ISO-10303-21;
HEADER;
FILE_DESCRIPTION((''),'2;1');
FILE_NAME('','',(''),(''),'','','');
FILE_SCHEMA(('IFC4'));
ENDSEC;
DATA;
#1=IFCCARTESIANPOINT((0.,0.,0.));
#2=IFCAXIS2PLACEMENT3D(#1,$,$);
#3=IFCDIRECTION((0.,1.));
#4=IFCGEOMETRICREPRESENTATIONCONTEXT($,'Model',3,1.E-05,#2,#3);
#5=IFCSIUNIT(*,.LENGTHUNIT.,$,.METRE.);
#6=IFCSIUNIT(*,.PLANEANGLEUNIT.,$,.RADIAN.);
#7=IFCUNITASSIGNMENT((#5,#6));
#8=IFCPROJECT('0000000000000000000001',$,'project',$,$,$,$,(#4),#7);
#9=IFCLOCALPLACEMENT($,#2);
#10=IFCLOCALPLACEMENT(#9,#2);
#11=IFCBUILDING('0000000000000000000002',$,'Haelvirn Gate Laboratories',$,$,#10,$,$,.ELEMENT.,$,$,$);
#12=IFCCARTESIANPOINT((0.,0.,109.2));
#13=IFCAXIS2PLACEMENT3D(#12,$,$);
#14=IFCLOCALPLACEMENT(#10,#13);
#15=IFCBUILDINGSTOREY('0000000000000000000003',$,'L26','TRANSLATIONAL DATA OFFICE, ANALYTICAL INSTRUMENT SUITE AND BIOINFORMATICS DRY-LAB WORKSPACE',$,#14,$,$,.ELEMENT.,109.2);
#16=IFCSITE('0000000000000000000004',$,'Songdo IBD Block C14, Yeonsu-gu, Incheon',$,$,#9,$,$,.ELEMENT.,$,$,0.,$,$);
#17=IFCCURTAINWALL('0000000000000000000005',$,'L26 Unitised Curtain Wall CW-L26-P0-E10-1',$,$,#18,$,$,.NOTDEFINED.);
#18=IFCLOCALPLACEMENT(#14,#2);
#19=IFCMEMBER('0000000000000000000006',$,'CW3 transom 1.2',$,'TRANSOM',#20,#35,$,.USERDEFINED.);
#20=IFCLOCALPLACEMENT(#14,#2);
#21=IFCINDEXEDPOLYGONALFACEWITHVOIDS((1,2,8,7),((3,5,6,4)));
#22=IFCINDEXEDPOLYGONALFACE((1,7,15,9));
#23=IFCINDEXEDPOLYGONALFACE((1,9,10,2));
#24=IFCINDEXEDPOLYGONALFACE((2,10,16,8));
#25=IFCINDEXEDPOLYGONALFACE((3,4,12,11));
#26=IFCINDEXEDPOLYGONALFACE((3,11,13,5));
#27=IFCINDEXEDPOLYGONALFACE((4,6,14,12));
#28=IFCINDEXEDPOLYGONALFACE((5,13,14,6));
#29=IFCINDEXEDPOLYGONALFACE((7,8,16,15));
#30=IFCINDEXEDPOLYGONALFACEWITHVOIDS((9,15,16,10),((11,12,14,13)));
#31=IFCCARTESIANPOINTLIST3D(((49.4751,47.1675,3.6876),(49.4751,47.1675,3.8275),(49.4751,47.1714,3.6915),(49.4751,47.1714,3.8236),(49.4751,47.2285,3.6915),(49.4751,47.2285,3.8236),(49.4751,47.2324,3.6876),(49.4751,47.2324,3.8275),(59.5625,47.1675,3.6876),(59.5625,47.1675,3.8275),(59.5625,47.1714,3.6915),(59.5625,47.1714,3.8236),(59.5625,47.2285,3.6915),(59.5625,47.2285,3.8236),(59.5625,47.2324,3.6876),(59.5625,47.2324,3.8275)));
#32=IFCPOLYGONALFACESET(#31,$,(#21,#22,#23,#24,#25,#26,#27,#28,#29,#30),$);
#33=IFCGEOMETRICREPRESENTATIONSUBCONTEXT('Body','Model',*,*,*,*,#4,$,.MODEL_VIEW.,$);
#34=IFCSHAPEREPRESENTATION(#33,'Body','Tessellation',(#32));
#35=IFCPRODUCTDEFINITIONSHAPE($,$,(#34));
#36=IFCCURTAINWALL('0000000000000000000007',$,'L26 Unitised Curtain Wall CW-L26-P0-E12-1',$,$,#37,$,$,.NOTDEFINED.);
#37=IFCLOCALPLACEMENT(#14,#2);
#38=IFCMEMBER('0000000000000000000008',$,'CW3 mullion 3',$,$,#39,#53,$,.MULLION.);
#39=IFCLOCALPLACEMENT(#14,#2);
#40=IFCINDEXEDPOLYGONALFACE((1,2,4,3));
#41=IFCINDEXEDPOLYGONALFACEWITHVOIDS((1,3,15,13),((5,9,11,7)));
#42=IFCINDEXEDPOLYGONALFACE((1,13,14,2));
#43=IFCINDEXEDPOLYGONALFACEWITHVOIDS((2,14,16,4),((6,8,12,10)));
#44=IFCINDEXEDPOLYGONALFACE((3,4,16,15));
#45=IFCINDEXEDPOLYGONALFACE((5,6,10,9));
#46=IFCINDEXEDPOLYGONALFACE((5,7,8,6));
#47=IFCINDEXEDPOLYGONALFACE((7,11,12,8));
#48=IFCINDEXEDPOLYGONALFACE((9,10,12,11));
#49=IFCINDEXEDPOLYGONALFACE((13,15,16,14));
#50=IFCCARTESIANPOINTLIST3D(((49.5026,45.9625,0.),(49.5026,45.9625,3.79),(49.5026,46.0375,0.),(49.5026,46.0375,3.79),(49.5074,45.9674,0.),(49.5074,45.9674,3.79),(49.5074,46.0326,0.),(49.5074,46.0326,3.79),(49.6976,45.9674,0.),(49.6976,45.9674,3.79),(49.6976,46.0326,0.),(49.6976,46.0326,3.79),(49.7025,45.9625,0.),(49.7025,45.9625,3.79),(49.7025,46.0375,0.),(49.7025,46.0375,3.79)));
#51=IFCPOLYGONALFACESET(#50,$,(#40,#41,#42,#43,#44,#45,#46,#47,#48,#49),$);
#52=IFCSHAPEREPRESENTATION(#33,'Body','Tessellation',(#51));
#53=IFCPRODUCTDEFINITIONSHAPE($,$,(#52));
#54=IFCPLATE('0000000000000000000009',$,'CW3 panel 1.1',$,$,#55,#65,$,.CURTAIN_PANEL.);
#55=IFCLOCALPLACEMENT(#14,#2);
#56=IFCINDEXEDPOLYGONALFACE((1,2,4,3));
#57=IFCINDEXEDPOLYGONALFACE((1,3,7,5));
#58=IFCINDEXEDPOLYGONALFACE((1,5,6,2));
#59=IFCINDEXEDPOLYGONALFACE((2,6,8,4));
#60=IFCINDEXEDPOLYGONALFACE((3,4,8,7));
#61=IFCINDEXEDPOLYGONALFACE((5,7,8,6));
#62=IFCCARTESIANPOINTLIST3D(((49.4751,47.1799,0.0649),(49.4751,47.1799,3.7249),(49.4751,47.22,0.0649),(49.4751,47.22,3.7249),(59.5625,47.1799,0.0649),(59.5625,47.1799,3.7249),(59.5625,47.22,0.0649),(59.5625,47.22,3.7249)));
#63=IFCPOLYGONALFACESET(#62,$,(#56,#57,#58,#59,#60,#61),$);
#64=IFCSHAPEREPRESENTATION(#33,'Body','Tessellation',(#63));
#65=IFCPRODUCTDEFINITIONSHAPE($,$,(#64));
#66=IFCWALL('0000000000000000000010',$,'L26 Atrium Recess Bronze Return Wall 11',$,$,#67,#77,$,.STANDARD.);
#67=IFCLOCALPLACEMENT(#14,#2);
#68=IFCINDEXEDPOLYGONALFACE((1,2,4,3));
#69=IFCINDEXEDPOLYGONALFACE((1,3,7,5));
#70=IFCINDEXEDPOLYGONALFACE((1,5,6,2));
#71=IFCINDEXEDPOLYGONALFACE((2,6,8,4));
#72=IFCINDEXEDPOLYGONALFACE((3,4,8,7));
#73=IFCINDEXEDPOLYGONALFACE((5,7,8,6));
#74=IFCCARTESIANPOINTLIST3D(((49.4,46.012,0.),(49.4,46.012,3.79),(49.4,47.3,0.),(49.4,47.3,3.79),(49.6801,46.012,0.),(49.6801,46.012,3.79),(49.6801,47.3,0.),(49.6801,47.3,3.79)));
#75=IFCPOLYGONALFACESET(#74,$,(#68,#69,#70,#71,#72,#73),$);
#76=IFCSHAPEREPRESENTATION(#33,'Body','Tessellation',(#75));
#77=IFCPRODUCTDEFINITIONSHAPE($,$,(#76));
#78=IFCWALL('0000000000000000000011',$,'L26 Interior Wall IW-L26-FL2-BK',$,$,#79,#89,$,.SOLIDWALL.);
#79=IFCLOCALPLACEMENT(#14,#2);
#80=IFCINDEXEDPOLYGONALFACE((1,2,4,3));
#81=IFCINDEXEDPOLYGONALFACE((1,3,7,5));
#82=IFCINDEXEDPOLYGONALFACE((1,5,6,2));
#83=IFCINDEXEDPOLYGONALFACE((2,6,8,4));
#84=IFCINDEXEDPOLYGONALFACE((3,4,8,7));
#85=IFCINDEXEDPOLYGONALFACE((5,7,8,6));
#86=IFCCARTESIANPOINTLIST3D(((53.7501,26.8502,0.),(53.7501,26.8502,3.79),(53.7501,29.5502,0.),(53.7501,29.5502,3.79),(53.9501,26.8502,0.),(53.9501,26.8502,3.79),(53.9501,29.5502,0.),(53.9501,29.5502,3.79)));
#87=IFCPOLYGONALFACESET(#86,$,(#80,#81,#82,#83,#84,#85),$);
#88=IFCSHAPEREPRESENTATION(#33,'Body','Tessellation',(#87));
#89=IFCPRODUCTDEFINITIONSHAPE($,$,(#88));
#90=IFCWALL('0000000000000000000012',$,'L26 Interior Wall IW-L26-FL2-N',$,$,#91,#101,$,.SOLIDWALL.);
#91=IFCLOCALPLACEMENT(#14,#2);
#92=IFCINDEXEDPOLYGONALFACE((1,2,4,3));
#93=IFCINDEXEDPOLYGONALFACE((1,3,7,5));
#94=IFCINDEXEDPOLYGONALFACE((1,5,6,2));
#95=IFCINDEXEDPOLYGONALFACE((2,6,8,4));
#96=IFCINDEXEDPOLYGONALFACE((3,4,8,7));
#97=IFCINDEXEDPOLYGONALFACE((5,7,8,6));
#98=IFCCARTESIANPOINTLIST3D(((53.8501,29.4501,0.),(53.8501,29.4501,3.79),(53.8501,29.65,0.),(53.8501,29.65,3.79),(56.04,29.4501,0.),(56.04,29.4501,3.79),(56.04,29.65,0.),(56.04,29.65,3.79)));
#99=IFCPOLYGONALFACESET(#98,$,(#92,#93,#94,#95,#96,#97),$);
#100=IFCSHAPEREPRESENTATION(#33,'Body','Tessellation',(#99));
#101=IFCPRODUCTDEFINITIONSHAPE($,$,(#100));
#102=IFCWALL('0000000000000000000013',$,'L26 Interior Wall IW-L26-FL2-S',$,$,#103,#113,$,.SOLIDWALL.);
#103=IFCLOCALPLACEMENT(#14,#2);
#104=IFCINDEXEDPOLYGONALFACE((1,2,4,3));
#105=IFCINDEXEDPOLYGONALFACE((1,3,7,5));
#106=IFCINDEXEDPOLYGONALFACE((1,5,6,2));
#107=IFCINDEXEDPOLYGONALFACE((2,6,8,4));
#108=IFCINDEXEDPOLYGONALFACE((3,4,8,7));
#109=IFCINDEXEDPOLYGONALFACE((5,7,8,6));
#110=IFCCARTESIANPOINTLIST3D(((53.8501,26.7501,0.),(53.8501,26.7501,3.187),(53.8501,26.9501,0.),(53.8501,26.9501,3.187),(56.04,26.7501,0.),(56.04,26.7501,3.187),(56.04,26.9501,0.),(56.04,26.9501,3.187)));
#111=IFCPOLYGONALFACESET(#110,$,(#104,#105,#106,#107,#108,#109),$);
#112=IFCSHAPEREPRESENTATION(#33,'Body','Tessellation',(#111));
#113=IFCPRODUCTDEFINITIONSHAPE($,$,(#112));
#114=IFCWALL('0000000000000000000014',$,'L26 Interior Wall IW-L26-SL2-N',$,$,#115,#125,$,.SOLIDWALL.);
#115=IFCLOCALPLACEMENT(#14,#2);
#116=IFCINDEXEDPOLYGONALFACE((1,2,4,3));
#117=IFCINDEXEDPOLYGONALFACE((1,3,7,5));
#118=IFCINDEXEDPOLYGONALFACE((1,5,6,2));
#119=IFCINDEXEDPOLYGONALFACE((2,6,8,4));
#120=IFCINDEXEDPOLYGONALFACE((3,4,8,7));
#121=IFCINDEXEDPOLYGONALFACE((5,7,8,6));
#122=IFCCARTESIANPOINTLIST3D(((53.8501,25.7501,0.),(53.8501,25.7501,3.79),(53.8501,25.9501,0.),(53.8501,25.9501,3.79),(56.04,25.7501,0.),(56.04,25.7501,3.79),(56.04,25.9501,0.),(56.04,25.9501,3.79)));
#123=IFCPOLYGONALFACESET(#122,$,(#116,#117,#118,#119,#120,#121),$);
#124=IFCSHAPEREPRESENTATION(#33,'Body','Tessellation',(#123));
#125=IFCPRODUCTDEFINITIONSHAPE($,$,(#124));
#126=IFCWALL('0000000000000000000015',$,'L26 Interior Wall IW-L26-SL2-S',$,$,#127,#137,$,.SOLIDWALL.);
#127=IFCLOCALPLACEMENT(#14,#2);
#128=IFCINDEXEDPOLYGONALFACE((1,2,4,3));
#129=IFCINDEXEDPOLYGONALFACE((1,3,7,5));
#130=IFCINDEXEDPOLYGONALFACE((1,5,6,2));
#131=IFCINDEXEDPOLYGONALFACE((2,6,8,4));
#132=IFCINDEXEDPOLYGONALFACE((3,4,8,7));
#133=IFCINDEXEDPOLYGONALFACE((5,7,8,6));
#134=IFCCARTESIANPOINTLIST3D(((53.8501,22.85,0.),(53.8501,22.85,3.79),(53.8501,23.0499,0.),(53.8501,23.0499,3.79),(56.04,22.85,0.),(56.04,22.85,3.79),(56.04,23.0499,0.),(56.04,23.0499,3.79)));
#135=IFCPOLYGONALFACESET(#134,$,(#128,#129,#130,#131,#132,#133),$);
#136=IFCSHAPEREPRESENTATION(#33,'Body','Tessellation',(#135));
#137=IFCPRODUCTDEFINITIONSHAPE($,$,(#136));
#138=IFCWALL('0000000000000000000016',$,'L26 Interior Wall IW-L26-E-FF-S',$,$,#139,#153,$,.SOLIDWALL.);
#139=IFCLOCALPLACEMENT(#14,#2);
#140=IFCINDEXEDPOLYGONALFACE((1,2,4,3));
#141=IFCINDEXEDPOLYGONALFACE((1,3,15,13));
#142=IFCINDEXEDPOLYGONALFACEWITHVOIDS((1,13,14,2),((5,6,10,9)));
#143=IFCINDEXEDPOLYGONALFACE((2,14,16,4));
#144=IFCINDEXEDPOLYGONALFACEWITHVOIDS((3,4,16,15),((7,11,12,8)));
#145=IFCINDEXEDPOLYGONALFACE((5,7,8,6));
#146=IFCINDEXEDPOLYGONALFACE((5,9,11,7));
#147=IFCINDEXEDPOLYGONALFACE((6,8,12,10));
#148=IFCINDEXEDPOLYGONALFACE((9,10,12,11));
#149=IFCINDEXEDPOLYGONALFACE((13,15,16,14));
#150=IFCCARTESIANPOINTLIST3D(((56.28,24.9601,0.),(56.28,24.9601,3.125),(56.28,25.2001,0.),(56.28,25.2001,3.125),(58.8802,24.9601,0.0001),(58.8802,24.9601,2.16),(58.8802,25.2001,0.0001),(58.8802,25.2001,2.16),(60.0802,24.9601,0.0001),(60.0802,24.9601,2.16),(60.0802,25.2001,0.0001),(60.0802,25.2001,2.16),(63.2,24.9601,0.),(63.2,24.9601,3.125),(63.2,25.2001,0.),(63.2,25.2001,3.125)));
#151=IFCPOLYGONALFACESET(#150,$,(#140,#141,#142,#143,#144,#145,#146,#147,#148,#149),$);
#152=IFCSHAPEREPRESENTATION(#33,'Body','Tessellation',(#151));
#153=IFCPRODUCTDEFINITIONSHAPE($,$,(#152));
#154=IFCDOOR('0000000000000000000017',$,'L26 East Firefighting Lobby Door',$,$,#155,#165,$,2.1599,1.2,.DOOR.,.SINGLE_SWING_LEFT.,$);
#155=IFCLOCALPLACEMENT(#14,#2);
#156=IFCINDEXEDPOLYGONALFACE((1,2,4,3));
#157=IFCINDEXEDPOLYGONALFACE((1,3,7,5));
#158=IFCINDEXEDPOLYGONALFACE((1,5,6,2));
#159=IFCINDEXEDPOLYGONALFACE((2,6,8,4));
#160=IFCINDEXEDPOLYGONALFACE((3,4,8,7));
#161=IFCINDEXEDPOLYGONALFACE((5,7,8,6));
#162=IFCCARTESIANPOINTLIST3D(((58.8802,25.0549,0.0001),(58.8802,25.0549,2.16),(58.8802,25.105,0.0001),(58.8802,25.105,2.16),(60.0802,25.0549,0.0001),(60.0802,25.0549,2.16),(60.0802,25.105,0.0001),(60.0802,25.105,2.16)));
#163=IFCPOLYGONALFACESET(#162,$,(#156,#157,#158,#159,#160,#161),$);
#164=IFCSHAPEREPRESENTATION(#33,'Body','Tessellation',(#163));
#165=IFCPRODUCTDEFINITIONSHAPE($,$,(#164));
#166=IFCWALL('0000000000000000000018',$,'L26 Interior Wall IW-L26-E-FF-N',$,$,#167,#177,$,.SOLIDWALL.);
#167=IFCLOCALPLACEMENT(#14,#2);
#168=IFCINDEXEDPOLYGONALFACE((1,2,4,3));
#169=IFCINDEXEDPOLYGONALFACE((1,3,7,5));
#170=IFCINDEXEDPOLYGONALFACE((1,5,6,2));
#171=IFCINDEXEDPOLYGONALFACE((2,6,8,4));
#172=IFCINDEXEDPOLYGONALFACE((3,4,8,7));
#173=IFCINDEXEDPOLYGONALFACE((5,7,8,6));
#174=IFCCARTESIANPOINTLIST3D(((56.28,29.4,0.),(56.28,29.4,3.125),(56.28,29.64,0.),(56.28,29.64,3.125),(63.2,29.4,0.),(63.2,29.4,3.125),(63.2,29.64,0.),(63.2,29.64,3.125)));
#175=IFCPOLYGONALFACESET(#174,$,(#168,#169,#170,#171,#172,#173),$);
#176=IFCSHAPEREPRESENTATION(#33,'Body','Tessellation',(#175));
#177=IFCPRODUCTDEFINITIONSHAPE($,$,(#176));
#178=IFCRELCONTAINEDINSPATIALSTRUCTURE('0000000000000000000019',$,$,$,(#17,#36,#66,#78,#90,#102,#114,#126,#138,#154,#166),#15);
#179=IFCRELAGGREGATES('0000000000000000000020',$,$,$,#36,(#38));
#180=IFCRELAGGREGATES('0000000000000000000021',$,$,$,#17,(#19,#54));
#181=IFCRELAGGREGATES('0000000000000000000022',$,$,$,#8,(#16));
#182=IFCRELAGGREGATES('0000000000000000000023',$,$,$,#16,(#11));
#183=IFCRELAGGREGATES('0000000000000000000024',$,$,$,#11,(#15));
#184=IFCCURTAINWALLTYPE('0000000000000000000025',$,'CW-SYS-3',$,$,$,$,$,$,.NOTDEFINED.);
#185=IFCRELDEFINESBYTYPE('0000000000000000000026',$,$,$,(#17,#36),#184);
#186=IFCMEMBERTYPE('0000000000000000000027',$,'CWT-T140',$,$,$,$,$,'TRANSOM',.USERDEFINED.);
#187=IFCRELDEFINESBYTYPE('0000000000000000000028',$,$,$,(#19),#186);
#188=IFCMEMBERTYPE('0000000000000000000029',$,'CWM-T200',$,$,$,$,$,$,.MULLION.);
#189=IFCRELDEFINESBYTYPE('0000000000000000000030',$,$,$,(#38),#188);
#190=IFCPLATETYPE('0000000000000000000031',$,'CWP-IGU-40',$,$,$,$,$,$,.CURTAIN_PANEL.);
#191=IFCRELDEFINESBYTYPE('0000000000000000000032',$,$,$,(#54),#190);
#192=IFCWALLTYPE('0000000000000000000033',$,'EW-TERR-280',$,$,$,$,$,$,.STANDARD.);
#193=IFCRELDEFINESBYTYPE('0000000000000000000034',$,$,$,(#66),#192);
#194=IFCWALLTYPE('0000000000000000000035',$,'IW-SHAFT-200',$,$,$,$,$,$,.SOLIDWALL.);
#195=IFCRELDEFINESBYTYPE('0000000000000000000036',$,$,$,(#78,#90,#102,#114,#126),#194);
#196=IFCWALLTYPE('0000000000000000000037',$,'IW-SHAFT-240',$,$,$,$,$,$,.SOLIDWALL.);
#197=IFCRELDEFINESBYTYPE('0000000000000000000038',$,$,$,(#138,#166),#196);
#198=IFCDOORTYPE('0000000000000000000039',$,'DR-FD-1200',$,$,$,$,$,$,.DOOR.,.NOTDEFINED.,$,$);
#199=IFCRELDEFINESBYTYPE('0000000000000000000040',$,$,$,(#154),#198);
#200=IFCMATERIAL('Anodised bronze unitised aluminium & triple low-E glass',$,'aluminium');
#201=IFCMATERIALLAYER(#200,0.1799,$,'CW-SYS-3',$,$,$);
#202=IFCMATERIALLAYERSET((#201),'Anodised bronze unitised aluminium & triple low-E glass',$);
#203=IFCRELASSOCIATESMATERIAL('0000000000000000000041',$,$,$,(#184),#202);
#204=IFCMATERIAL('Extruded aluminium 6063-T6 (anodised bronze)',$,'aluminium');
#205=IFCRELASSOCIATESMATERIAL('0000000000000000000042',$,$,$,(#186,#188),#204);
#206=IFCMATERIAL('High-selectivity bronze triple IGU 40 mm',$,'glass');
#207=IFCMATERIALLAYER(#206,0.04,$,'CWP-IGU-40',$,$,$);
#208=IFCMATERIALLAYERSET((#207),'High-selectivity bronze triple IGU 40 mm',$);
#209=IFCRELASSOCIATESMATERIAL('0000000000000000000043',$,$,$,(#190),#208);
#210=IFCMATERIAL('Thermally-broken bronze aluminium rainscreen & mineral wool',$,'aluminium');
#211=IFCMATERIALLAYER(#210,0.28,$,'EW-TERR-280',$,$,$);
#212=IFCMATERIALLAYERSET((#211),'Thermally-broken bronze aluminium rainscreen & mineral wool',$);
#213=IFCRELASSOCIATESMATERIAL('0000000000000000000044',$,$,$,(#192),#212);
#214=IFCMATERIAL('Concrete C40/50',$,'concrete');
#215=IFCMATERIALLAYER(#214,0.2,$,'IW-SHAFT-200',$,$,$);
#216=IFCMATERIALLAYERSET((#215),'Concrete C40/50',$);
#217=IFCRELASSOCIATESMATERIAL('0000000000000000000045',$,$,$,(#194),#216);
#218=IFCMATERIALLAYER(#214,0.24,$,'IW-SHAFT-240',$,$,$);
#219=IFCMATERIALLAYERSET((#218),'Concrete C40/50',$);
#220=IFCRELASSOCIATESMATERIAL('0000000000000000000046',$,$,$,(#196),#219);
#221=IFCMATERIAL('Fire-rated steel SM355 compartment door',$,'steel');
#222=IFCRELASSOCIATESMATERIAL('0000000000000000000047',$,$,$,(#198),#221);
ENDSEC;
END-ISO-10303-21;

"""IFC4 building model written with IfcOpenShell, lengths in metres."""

from ifc_helpers import new_model, si_unit, direction, frame, frame_2d, origin, origin_2d, place, context, subcontext, project, spatial, rectangle, hollow_rectangle, extrude, source, transform, mapped, material, layer, layer_set, material_profile, profile_set, type_object, type_shapes, element, fill, aggregate, save


model = new_model("IFC4")

# Units and contexts
model_context = context("Model", 3, precision=1e-05, world=origin(), true_north=direction((0.0, 1.0)))
body_context = subcontext(model_context, "Body", "Model", "MODEL_VIEW")
ifc_project = project(units=[si_unit("LENGTHUNIT", "METRE"), si_unit("PLANEANGLEUNIT", "RADIAN")], contexts=[model_context])

# Site, building, storey
site_placement = place(None, origin())
site = spatial("IfcSite", under=ifc_project, at=site_placement, Name="Songdo IBD Block C14, Yeonsu-gu, Incheon", CompositionType="ELEMENT", RefElevation=0.0)
building_placement = place(site_placement, origin())
building = spatial("IfcBuilding", under=site, at=building_placement, Name="Haelvirn Gate Laboratories", CompositionType="ELEMENT")
storey_placement = place(building_placement, frame((0.0, 0.0, 109.2)))
storey = spatial("IfcBuildingStorey", under=building, at=storey_placement, Name="L26", Description="TRANSLATIONAL DATA OFFICE, ANALYTICAL INSTRUMENT SUITE AND BIOINFORMATICS DRY-LAB WORKSPACE", CompositionType="ELEMENT", Elevation=109.2)

# Curtain wall, member
ifc_material_1 = material(Name="Anodised bronze unitised aluminium & triple low-E glass", Category="aluminium")
ifc_layer_1 = layer(ifc_material_1, 0.1799, Name="CW-SYS-3")
ifc_layer_set_1 = layer_set([ifc_layer_1], Name="Anodised bronze unitised aluminium & triple low-E glass")
curtain_wall_type = type_object("IfcCurtainWallType", Name="CW-SYS-3", PredefinedType="NOTDEFINED", material=ifc_layer_set_1)
curtain_wall_1_placement = place(storey_placement, origin())
curtain_wall_1 = element("IfcCurtainWall", 1, at=curtain_wall_1_placement, inside=storey, type_object=curtain_wall_type, Name="L26 Unitised Curtain Wall CW-L26-P0-E10-1", PredefinedType="NOTDEFINED")
ifc_material_2 = material(Name="Extruded aluminium 6063-T6 (anodised bronze)", Category="aluminium")
ifc_material_profile_1 = material_profile(ifc_material_2, hollow_rectangle(XDim=0.0649, YDim=0.1399, WallThickness=0.0039, at=origin_2d()), Name="CWT-140x65x4")
ifc_profile_set_1 = profile_set([ifc_material_profile_1], Name="Extruded aluminium 6063-T6 (anodised bronze)")
member_type_1 = type_object("IfcMemberType", Name="CWT-T140", ElementType="TRANSOM", PredefinedType="USERDEFINED", material=ifc_profile_set_1)
shared_shape_1 = source(origin(), body_context, "Body", "SweptSolid", [
    extrude(hollow_rectangle(XDim=0.0649, YDim=0.1399, WallThickness=0.0039, at=origin_2d()), origin(), (0.0, 0.0, 1.0), 10.0874),
])
type_shapes(member_type_1, [shared_shape_1])
member_1_placement = place(storey_placement, frame((49.4751, 47.2, 3.7576), z_axis=(1.0, 0.0, 0.0), x_axis=(0.0, 1.0, 0.0)))
member_1 = element("IfcMember", 2, at=member_1_placement, type_object=member_type_1, Name="CW3 transom 1.2", ObjectType="TRANSOM", PredefinedType="USERDEFINED", context=body_context, shape_type="MappedRepresentation", body=[
    mapped(shared_shape_1, transform((0.0, 0.0, 0.0), scale=1.0)),
])

# Curtain wall, member
curtain_wall_2_placement = place(storey_placement, origin())
curtain_wall_2 = element("IfcCurtainWall", 3, at=curtain_wall_2_placement, inside=storey, type_object=curtain_wall_type, Name="L26 Unitised Curtain Wall CW-L26-P0-E12-1", PredefinedType="NOTDEFINED")
ifc_material_profile_2 = material_profile(ifc_material_2, hollow_rectangle(XDim=0.075, YDim=0.2, WallThickness=0.0049, at=origin_2d()), Name="CWM-200x75x5")
ifc_profile_set_2 = profile_set([ifc_material_profile_2], Name="Extruded aluminium 6063-T6 (anodised bronze)")
member_type_2 = type_object("IfcMemberType", Name="CWM-T200", PredefinedType="MULLION", material=ifc_profile_set_2)
shared_shape_2 = source(origin(), body_context, "Body", "SweptSolid", [
    extrude(hollow_rectangle(XDim=0.075, YDim=0.2, WallThickness=0.0049, at=origin_2d()), origin(), (0.0, 0.0, 1.0), 3.79),
])
type_shapes(member_type_2, [shared_shape_2])
member_2_placement = place(storey_placement, frame((49.6025, 46.0, 0.0), z_axis=(0.0, 0.0, 1.0), x_axis=(0.0, 1.0, 0.0)))
member_2 = element("IfcMember", 4, at=member_2_placement, type_object=member_type_2, Name="CW3 mullion 3", PredefinedType="MULLION", context=body_context, shape_type="MappedRepresentation", body=[
    mapped(shared_shape_2, transform((0.0, 0.0, 0.0), scale=1.0)),
])
aggregate(curtain_wall_2, [member_2])

# Plate
ifc_material_3 = material(Name="High-selectivity bronze triple IGU 40 mm", Category="glass")
ifc_layer_2 = layer(ifc_material_3, 0.04, Name="CWP-IGU-40")
ifc_layer_set_2 = layer_set([ifc_layer_2], Name="High-selectivity bronze triple IGU 40 mm")
plate_type = type_object("IfcPlateType", Name="CWP-IGU-40", PredefinedType="CURTAIN_PANEL", material=ifc_layer_set_2)
shared_shape_3 = source(origin(), body_context, "Body", "SweptSolid", [
    extrude(rectangle(XDim=10.0874, YDim=0.04, at=origin_2d()), origin(), (0.0, 0.0, 1.0), 3.6599),
])
type_shapes(plate_type, [shared_shape_3])
plate_placement = place(storey_placement, frame((54.5188, 47.2, 0.0649), z_axis=(0.0, 0.0, 1.0), x_axis=(1.0, 0.0, 0.0)))
plate = element("IfcPlate", 5, at=plate_placement, type_object=plate_type, Name="CW3 panel 1.1", PredefinedType="CURTAIN_PANEL", context=body_context, shape_type="MappedRepresentation", body=[
    mapped(shared_shape_3, transform((0.0, 0.0, 0.0), scale=1.0)),
])
aggregate(curtain_wall_1, [member_1, plate])

# Walls
ifc_material_4 = material(Name="Thermally-broken bronze aluminium rainscreen & mineral wool", Category="aluminium")
ifc_layer_3 = layer(ifc_material_4, 0.28, Name="EW-TERR-280")
ifc_layer_set_3 = layer_set([ifc_layer_3], Name="Thermally-broken bronze aluminium rainscreen & mineral wool")
wall_type_1 = type_object("IfcWallType", Name="EW-TERR-280", PredefinedType="STANDARD", material=ifc_layer_set_3)
wall_1_placement = place(storey_placement, frame((49.54, 47.3, 0.0), z_axis=(0.0, 0.0, 1.0), x_axis=(0.0, -1.0, 0.0)))
element("IfcWall", 6, at=wall_1_placement, inside=storey, type_object=wall_type_1, Name="L26 Atrium Recess Bronze Return Wall 11", PredefinedType="STANDARD", context=body_context, shape_type="SweptSolid", body=[
    extrude(rectangle(XDim=1.2881, YDim=0.28, at=frame_2d((0.644, 0.0))), origin(), (0.0, 0.0, 1.0), 3.79),
])
ifc_material_5 = material(Name="Concrete C40/50", Category="concrete")
ifc_layer_4 = layer(ifc_material_5, 0.2, Name="IW-SHAFT-200")
ifc_layer_set_4 = layer_set([ifc_layer_4], Name="Concrete C40/50")
wall_type_2 = type_object("IfcWallType", Name="IW-SHAFT-200", PredefinedType="SOLIDWALL", material=ifc_layer_set_4)
wall_2_placement = place(storey_placement, frame((53.8501, 26.8501, 0.0), z_axis=(0.0, 0.0, 1.0), x_axis=(0.0, 1.0, 0.0)))
element("IfcWall", 7, at=wall_2_placement, inside=storey, type_object=wall_type_2, Name="L26 Interior Wall IW-L26-FL2-BK", PredefinedType="SOLIDWALL", context=body_context, shape_type="SweptSolid", body=[
    extrude(rectangle(XDim=2.7, YDim=0.2, at=frame_2d((1.3501, 0.0))), origin(), (0.0, 0.0, 1.0), 3.79),
])
wall_3_placement = place(storey_placement, frame((53.8501, 29.55, 0.0), z_axis=(0.0, 0.0, 1.0), x_axis=(1.0, 0.0, 0.0)))
element("IfcWall", 8, at=wall_3_placement, inside=storey, type_object=wall_type_2, Name="L26 Interior Wall IW-L26-FL2-N", PredefinedType="SOLIDWALL", context=body_context, shape_type="SweptSolid", body=[
    extrude(rectangle(XDim=2.1899, YDim=0.2, at=frame_2d((1.095, 0.0))), origin(), (0.0, 0.0, 1.0), 3.79),
])
wall_4_placement = place(storey_placement, frame((53.8501, 26.8501, 0.0), z_axis=(0.0, 0.0, 1.0), x_axis=(1.0, 0.0, 0.0)))
element("IfcWall", 9, at=wall_4_placement, inside=storey, type_object=wall_type_2, Name="L26 Interior Wall IW-L26-FL2-S", PredefinedType="SOLIDWALL", context=body_context, shape_type="SweptSolid", body=[
    extrude(rectangle(XDim=2.1899, YDim=0.2, at=frame_2d((1.095, 0.0))), origin(), (0.0, 0.0, 1.0), 3.187),
])
for number, where, z_axis, x_axis, name in (
    (10, (53.8501, 25.8501, 0.0), (0.0, 0.0, 1.0), (1.0, 0.0, 0.0), "L26 Interior Wall IW-L26-SL2-N"),
    (11, (53.8501, 22.95, 0.0), (0.0, 0.0, 1.0), (1.0, 0.0, 0.0), "L26 Interior Wall IW-L26-SL2-S"),
):
    element("IfcWall", number, at=place(storey_placement, frame(where, z_axis=z_axis, x_axis=x_axis)), inside=storey, type_object=wall_type_2, Name=name, PredefinedType="SOLIDWALL", context=body_context, shape_type="SweptSolid", body=[
        extrude(rectangle(XDim=2.1899, YDim=0.2, at=frame_2d((1.095, 0.0))), origin(), (0.0, 0.0, 1.0), 3.79),
    ])

# Wall, opening, door
ifc_layer_5 = layer(ifc_material_5, 0.24, Name="IW-SHAFT-240")
ifc_layer_set_5 = layer_set([ifc_layer_5], Name="Concrete C40/50")
wall_type_3 = type_object("IfcWallType", Name="IW-SHAFT-240", PredefinedType="SOLIDWALL", material=ifc_layer_set_5)
wall_5_placement = place(storey_placement, frame((56.28, 25.0801, 0.0), z_axis=(0.0, 0.0, 1.0), x_axis=(1.0, 0.0, 0.0)))
wall_5 = element("IfcWall", 12, at=wall_5_placement, inside=storey, type_object=wall_type_3, Name="L26 Interior Wall IW-L26-E-FF-S", PredefinedType="SOLIDWALL", context=body_context, shape_type="SweptSolid", body=[
    extrude(rectangle(XDim=6.9199, YDim=0.24, at=frame_2d((3.46, 0.0))), origin(), (0.0, 0.0, 1.0), 3.125),
])
opening_1_placement = place(wall_5_placement, frame((2.6001, 0.0, 0.0)))
opening_1 = element("IfcOpeningElement", 13, at=opening_1_placement, cuts=wall_5, PredefinedType="OPENING", context=body_context, shape_type="SweptSolid", body=[
    extrude(rectangle(XDim=1.2, YDim=2.1599, at=frame_2d((0.6001, 1.0801))), frame((0.0, 0.1299, 0.0), z_axis=(0.0, -1.0, 0.0), x_axis=(1.0, 0.0, 0.0)), (0.0, 0.0, 1.0), 0.26),
])
ifc_material_6 = material(Name="Fire-rated steel SM355 compartment door", Category="steel")
door_type_1 = type_object("IfcDoorType", Name="DR-FD-1200", OperationType="NOTDEFINED", PredefinedType="DOOR", material=ifc_material_6)
shared_shape_4 = source(origin(), body_context, "Body", "SweptSolid", [
    extrude(rectangle(XDim=1.2, YDim=2.1599, at=frame_2d((0.6001, 1.0801))), frame((0.0, 0.0249, 0.0), z_axis=(0.0, -1.0, 0.0), x_axis=(1.0, 0.0, 0.0)), (0.0, 0.0, 1.0), 0.05),
])
type_shapes(door_type_1, [shared_shape_4])
door_1_placement = place(opening_1_placement, origin())
door_1 = element("IfcDoor", 14, at=door_1_placement, inside=storey, type_object=door_type_1, Name="L26 East Firefighting Lobby Door", OperationType="SINGLE_SWING_LEFT", OverallHeight=2.1599, OverallWidth=1.2, PredefinedType="DOOR", context=body_context, shape_type="MappedRepresentation", body=[
    mapped(shared_shape_4, transform((0.0, 0.0, 0.0), scale=1.0)),
])
fill(opening_1, door_1)

# Wall
wall_6_placement = place(storey_placement, frame((56.28, 29.52, 0.0), z_axis=(0.0, 0.0, 1.0), x_axis=(1.0, 0.0, 0.0)))
element("IfcWall", 15, at=wall_6_placement, inside=storey, type_object=wall_type_3, Name="L26 Interior Wall IW-L26-E-FF-N", PredefinedType="SOLIDWALL", context=body_context, shape_type="SweptSolid", body=[
    extrude(rectangle(XDim=6.9199, YDim=0.24, at=frame_2d((3.46, 0.0))), origin(), (0.0, 0.0, 1.0), 3.125),
])

save(model, "model.ifc")
